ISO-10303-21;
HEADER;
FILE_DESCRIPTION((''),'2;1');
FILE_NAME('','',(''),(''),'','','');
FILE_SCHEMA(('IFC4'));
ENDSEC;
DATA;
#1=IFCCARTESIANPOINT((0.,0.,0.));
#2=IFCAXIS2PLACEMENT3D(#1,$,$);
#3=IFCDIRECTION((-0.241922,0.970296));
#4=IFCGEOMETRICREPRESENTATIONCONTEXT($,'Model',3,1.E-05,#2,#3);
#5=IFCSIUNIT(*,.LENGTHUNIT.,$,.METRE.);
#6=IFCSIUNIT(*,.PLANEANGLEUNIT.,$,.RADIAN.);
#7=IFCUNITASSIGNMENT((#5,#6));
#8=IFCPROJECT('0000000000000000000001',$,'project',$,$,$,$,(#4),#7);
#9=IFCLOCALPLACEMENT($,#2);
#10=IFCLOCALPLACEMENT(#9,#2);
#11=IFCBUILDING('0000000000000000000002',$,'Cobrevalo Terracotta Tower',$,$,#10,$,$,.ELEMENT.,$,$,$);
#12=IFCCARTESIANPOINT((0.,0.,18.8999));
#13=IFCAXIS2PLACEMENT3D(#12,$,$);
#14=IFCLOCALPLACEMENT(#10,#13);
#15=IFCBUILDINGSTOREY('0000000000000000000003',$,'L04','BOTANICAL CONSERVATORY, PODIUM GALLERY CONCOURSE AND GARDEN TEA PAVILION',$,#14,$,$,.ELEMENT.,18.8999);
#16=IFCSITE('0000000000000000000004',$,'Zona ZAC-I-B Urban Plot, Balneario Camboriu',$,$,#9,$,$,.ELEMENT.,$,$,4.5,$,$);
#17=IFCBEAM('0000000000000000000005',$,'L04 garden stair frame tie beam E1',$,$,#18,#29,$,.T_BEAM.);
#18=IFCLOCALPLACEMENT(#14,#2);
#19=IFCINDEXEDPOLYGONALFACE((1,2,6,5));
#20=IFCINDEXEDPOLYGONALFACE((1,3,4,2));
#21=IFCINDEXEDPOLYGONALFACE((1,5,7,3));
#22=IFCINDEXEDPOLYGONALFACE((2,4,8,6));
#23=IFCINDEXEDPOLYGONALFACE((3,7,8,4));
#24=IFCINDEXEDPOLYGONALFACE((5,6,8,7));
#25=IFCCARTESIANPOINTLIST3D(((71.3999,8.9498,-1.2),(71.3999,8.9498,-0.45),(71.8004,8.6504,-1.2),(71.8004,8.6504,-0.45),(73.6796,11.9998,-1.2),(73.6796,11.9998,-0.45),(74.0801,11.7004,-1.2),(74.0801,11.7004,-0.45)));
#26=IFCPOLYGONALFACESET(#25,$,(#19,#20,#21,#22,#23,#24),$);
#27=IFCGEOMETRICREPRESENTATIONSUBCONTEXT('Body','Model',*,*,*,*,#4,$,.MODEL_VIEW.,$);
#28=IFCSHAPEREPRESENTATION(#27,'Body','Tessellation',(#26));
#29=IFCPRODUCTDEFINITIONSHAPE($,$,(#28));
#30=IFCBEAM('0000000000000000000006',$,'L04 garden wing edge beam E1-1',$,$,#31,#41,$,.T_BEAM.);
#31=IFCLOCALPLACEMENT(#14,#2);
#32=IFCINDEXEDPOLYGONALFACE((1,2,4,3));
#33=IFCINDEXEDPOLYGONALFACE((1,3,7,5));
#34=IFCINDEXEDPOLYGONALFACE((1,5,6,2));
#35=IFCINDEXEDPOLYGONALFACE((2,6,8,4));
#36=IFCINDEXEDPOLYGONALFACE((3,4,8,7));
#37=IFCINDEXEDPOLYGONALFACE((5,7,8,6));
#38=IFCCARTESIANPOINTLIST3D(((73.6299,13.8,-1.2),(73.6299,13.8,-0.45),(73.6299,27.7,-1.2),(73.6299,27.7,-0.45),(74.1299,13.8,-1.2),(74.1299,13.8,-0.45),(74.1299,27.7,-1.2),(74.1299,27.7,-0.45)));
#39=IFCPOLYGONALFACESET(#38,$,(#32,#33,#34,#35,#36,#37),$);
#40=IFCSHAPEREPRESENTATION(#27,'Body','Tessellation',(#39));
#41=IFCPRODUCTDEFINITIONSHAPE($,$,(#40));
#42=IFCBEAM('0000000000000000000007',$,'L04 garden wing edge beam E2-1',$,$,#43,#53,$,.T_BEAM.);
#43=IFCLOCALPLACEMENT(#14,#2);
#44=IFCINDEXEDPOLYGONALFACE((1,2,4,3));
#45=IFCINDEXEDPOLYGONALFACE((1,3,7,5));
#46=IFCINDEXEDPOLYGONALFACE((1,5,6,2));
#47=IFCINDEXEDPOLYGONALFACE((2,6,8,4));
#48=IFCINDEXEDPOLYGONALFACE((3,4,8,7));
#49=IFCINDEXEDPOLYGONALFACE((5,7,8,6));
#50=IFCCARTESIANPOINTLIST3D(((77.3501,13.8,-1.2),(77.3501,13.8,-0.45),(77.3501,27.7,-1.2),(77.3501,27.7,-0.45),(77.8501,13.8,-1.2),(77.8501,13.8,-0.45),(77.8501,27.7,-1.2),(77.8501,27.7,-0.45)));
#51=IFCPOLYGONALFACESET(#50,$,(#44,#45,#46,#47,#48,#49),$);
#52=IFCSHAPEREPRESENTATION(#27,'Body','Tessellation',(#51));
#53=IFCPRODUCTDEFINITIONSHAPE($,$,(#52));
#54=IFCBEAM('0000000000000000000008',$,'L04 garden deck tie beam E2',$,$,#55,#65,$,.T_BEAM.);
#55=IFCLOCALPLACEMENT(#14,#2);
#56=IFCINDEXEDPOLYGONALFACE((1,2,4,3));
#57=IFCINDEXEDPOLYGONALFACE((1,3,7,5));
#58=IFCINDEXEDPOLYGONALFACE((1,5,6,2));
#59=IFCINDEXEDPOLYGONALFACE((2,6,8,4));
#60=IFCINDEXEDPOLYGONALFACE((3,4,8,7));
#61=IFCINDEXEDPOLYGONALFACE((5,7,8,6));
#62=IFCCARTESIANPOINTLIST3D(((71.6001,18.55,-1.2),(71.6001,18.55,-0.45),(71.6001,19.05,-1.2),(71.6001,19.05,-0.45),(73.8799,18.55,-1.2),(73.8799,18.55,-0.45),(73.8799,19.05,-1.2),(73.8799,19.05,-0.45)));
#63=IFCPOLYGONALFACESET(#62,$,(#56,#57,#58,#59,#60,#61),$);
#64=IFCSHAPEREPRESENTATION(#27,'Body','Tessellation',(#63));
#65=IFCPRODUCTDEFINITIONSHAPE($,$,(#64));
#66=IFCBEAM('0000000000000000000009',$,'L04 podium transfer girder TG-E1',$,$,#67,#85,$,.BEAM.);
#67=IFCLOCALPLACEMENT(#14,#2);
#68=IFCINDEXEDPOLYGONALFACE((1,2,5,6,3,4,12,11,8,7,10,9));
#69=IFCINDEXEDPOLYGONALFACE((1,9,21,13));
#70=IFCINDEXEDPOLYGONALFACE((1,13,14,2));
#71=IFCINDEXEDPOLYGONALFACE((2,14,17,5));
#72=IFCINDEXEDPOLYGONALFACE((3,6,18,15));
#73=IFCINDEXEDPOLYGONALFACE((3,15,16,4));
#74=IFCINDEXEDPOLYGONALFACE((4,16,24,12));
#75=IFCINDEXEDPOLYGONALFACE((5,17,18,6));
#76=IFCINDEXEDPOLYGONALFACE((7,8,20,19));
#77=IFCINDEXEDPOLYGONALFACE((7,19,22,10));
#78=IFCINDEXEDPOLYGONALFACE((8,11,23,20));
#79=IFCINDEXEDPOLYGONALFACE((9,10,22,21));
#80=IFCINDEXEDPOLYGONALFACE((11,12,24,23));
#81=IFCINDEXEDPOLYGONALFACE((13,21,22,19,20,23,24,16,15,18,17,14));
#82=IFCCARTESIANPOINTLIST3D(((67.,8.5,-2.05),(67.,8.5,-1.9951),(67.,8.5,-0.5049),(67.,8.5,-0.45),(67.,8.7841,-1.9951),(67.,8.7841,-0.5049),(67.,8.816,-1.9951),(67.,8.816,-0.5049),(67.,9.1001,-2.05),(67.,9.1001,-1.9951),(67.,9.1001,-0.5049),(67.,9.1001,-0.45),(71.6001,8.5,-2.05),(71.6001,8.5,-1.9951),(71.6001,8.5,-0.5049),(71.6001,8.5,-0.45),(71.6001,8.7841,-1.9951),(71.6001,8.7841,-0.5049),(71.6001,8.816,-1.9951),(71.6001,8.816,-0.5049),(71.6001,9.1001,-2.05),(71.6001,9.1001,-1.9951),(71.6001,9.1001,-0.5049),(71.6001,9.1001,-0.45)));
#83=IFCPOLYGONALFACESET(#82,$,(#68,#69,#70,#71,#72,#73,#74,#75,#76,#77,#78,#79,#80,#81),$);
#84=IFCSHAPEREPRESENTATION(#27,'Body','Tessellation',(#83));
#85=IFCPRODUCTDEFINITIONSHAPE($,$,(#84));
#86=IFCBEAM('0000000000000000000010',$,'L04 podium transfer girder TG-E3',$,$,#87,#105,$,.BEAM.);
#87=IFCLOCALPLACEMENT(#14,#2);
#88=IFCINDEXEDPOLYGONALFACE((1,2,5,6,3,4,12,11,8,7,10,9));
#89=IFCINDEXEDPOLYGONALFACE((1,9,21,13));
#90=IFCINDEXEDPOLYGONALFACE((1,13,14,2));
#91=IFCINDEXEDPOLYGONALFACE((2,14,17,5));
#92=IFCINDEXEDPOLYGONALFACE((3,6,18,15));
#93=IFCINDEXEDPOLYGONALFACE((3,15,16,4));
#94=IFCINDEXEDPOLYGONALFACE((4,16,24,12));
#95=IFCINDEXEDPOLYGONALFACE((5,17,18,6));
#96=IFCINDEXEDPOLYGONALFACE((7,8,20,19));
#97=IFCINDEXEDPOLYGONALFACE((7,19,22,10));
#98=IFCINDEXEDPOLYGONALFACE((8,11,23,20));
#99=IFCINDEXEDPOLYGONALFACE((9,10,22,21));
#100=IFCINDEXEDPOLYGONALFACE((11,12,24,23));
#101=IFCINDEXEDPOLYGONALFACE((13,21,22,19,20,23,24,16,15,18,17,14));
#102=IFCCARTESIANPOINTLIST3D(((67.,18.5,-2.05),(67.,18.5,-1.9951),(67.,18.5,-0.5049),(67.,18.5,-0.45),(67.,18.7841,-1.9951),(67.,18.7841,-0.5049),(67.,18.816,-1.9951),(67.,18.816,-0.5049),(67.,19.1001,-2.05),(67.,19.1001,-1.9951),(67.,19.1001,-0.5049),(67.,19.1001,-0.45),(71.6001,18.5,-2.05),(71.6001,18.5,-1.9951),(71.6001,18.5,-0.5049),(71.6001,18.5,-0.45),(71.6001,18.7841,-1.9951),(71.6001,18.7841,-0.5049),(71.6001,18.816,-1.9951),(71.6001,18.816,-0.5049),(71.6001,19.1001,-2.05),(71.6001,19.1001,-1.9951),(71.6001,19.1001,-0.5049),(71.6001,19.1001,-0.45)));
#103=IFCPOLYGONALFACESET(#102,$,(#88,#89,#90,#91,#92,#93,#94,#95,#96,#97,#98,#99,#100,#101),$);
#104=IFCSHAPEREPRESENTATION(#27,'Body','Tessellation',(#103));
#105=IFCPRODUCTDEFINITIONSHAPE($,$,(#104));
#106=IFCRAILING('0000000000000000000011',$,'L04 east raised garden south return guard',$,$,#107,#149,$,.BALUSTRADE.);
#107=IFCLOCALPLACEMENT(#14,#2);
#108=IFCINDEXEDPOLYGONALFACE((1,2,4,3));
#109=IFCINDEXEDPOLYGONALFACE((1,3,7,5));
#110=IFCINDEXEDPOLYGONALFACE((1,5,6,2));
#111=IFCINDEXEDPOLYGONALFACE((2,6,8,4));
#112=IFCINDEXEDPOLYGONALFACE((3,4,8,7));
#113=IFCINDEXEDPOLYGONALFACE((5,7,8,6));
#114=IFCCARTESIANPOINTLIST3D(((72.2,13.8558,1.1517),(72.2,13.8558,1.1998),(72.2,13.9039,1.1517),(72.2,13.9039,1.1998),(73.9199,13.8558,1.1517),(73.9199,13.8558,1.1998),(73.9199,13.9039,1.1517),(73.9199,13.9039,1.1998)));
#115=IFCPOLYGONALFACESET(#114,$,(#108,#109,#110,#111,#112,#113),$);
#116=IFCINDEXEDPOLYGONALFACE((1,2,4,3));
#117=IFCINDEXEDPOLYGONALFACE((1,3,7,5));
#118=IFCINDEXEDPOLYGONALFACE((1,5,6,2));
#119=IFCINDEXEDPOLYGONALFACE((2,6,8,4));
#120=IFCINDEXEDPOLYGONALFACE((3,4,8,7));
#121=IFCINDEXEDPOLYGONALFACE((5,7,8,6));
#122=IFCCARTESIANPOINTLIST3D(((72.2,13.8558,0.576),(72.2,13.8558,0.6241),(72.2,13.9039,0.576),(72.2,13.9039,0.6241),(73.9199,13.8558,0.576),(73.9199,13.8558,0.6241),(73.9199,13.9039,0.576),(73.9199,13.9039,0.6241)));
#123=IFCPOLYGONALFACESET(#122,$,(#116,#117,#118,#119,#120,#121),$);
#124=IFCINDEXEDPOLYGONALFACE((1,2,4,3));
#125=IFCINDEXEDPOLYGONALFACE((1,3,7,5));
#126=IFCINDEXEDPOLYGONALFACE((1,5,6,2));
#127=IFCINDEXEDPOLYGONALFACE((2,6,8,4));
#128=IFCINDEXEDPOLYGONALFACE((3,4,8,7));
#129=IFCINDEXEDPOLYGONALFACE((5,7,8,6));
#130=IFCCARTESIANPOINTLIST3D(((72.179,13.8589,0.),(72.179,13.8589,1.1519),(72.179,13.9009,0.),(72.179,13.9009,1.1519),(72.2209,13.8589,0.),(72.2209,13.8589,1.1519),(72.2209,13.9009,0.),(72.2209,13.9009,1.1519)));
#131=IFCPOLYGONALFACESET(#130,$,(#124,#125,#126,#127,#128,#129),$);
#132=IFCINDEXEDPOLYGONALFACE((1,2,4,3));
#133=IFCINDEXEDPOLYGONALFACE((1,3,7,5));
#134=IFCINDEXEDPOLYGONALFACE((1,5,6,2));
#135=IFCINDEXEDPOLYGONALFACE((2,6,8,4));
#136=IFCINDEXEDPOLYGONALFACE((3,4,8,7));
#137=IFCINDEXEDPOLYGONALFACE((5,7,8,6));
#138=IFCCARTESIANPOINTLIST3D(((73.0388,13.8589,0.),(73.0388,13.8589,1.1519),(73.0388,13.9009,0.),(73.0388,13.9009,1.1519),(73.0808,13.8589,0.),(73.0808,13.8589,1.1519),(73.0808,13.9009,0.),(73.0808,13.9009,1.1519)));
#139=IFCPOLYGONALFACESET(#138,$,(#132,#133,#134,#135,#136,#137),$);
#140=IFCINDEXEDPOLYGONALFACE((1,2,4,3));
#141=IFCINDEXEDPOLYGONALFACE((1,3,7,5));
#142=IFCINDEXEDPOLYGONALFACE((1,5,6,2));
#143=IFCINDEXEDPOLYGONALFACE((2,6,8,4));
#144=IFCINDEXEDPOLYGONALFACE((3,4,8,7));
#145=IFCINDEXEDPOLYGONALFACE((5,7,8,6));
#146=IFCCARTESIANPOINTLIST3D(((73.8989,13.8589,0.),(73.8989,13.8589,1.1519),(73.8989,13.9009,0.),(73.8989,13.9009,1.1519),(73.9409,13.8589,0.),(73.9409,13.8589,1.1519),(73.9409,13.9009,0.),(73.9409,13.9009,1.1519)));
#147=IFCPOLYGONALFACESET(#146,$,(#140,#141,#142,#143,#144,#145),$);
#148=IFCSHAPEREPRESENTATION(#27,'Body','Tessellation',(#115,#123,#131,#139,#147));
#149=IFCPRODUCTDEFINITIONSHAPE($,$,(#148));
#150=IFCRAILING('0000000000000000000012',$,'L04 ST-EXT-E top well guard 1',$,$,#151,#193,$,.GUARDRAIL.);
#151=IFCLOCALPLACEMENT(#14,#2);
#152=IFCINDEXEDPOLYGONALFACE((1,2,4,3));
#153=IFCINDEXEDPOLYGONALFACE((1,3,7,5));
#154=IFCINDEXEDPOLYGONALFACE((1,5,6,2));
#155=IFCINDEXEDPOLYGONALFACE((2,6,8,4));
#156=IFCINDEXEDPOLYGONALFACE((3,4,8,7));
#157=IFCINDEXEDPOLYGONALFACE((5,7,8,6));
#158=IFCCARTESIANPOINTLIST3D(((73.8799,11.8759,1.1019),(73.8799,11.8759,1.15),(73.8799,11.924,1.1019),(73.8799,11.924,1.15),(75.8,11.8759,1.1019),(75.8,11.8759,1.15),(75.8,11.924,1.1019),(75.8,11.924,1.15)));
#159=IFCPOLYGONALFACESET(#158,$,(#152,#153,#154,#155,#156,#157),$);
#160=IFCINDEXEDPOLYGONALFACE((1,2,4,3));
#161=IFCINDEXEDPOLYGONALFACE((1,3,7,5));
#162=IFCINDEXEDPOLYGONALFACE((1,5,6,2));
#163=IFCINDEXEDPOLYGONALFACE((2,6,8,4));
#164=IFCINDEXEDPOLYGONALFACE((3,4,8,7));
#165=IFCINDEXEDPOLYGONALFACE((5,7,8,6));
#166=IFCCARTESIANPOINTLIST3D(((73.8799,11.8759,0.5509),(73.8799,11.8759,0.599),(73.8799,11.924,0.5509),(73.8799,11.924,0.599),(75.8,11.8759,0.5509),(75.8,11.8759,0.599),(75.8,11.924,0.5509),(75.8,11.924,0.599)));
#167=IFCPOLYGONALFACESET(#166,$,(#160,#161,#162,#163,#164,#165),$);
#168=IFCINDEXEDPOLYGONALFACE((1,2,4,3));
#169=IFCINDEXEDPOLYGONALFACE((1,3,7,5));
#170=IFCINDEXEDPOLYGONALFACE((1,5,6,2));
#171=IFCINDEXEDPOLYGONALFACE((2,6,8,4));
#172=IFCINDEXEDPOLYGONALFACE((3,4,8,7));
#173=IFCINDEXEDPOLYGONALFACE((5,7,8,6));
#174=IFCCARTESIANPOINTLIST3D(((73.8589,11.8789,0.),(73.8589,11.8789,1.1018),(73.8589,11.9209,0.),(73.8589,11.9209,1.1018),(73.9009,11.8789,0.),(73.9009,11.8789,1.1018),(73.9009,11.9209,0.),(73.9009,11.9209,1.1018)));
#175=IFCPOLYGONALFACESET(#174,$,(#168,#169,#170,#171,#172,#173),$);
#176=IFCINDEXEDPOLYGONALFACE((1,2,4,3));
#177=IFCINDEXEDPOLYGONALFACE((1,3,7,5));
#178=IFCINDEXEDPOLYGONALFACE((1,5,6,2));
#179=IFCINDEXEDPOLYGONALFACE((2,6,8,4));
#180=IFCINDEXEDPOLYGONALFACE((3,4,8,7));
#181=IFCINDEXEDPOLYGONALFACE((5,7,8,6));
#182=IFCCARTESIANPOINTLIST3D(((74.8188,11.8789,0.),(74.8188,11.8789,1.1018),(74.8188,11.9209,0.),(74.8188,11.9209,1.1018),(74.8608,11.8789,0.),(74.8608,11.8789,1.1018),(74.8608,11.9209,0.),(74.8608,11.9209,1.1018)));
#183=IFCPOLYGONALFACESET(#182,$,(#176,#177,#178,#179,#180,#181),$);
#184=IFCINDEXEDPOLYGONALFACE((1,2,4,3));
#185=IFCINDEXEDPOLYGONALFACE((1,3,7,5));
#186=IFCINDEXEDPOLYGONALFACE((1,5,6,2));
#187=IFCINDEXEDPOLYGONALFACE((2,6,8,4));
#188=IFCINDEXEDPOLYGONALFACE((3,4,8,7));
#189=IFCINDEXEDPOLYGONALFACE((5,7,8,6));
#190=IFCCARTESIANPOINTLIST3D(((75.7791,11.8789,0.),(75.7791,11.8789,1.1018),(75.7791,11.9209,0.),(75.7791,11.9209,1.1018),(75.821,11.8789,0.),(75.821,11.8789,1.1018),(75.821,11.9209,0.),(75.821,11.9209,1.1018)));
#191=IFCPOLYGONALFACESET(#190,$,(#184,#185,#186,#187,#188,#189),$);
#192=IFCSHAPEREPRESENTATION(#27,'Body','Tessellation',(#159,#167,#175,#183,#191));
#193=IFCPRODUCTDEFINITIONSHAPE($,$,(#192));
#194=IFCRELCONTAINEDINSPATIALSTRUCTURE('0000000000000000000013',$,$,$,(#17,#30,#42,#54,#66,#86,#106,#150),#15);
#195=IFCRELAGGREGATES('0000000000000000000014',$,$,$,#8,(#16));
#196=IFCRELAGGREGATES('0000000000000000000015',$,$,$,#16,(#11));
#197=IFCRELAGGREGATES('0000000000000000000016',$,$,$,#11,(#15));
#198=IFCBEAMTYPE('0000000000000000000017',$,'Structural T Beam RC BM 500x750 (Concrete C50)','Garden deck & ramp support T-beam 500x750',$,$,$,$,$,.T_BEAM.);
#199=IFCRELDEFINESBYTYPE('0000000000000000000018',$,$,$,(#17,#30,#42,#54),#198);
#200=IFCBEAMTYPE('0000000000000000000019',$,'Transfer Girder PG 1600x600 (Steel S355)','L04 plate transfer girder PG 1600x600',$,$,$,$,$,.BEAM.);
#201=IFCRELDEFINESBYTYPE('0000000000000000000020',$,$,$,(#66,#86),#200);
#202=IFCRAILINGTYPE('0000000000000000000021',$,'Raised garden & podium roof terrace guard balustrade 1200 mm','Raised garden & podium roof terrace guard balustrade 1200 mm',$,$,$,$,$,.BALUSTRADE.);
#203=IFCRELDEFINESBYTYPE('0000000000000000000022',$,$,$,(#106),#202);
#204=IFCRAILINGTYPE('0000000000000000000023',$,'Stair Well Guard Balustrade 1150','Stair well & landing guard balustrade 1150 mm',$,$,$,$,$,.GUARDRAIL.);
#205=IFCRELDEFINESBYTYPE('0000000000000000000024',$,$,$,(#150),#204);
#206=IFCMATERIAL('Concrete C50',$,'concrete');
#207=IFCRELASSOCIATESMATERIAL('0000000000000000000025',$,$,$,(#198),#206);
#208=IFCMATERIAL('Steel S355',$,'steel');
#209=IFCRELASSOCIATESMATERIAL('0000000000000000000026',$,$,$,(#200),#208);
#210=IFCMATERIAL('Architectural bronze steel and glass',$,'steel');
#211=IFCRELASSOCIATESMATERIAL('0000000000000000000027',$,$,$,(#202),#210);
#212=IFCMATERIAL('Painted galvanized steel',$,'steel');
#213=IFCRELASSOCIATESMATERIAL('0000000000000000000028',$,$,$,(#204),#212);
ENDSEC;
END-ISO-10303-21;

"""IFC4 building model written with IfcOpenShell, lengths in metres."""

from ifc_helpers import new_model, si_unit, direction, frame, origin, origin_2d, place, context, subcontext, project, spatial, rectangle, i_section, extrude, material, material_profile, profile_set, type_object, element, save


model = new_model("IFC4")

# Units and contexts
model_context = context("Model", 3, precision=1e-05, world=origin(), true_north=direction((-0.241922, 0.970296)))
body_context = subcontext(model_context, "Body", "Model", "MODEL_VIEW")
ifc_project = project(units=[si_unit("LENGTHUNIT", "METRE"), si_unit("PLANEANGLEUNIT", "RADIAN")], contexts=[model_context])

# Site, building, storey
site_placement = place(None, origin())
site = spatial("IfcSite", under=ifc_project, at=site_placement, Name="Zona ZAC-I-B Urban Plot, Balneario Camboriu", CompositionType="ELEMENT", RefElevation=4.5)
building_placement = place(site_placement, origin())
building = spatial("IfcBuilding", under=site, at=building_placement, Name="Cobrevalo Terracotta Tower", CompositionType="ELEMENT")
storey_placement = place(building_placement, frame((0.0, 0.0, 18.8999)))
storey = spatial("IfcBuildingStorey", under=building, at=storey_placement, Name="L04", Description="BOTANICAL CONSERVATORY, PODIUM GALLERY CONCOURSE AND GARDEN TEA PAVILION", CompositionType="ELEMENT", Elevation=18.8999)

# Shared definitions
ifc_material_1 = material(Name="Steel S355", Category="steel")
ifc_material_2 = material(Name="Concrete C50", Category="concrete")

# Beams
ifc_material_profile_1 = material_profile(ifc_material_2, rectangle(XDim=0.5, YDim=0.75, at=origin_2d()), Name="RC BM 500x750")
ifc_profile_set_1 = profile_set([ifc_material_profile_1], Name="Concrete C50")
beam_type_1 = type_object("IfcBeamType", Name="Structural T Beam RC BM 500x750 (Concrete C50)", Description="Garden deck & ramp support T-beam 500x750", PredefinedType="T_BEAM", material=ifc_profile_set_1)
beam_1_placement = place(storey_placement, frame((73.8799, 11.8501, -0.825), z_axis=(-0.598696, -0.800976, 0.0), x_axis=(0.800976, -0.598696, 0.0)))
element("IfcBeam", 1, at=beam_1_placement, inside=storey, type_object=beam_type_1, Name="L04 garden stair frame tie beam E1", PredefinedType="T_BEAM", context=body_context, shape_type="SweptSolid", body=[
    extrude(rectangle(XDim=0.5, YDim=0.75, at=origin_2d()), origin(), (0.0, 0.0, 1.0), 3.8079),
])
for number, where, z_axis, x_axis, name in (
    (2, (73.8799, 13.8, -0.825), (0.0, 1.0, 0.0), (-1.0, 0.0, 0.0), "L04 garden wing edge beam E1-1"),
    (3, (77.6001, 13.8, -0.825), (0.0, 1.0, 0.0), (-1.0, 0.0, 0.0), "L04 garden wing edge beam E2-1"),
):
    element("IfcBeam", number, at=place(storey_placement, frame(where, z_axis=z_axis, x_axis=x_axis)), inside=storey, type_object=beam_type_1, Name=name, PredefinedType="T_BEAM", context=body_context, shape_type="SweptSolid", body=[
        extrude(rectangle(XDim=0.5, YDim=0.75, at=origin_2d()), origin(), (0.0, 0.0, 1.0), 13.8999),
    ])
beam_2_placement = place(storey_placement, frame((71.6001, 18.8, -0.825), z_axis=(1.0, 0.0, 0.0), x_axis=(0.0, 1.0, 0.0)))
element("IfcBeam", 4, at=beam_2_placement, inside=storey, type_object=beam_type_1, Name="L04 garden deck tie beam E2", PredefinedType="T_BEAM", context=body_context, shape_type="SweptSolid", body=[
    extrude(rectangle(XDim=0.5, YDim=0.75, at=origin_2d()), origin(), (0.0, 0.0, 1.0), 2.2798),
])
ifc_material_profile_2 = material_profile(ifc_material_1, i_section(OverallWidth=0.6001, OverallDepth=1.6001, WebThickness=0.032, FlangeThickness=0.0549, at=origin_2d()), Name="PG 1600x600")
ifc_profile_set_2 = profile_set([ifc_material_profile_2], Name="Steel S355")
beam_type_2 = type_object("IfcBeamType", Name="Transfer Girder PG 1600x600 (Steel S355)", Description="L04 plate transfer girder PG 1600x600", PredefinedType="BEAM", material=ifc_profile_set_2)
for number, where, z_axis, x_axis, name in (
    (5, (67.0, 8.8, -1.25), (1.0, 0.0, 0.0), (0.0, 1.0, 0.0), "L04 podium transfer girder TG-E1"),
    (6, (67.0, 18.8, -1.25), (1.0, 0.0, 0.0), (0.0, 1.0, 0.0), "L04 podium transfer girder TG-E3"),
):
    element("IfcBeam", number, at=place(storey_placement, frame(where, z_axis=z_axis, x_axis=x_axis)), inside=storey, type_object=beam_type_2, Name=name, PredefinedType="BEAM", context=body_context, shape_type="SweptSolid", body=[
        extrude(i_section(OverallWidth=0.6001, OverallDepth=1.6001, WebThickness=0.032, FlangeThickness=0.0549, at=origin_2d()), origin(), (0.0, 0.0, 1.0), 4.6001),
    ])

# Railings
ifc_material_3 = material(Name="Architectural bronze steel and glass", Category="steel")
railing_type_1 = type_object("IfcRailingType", Name="Raised garden & podium roof terrace guard balustrade 1200 mm", Description="Raised garden & podium roof terrace guard balustrade 1200 mm", PredefinedType="BALUSTRADE", material=ifc_material_3)
railing_1_placement = place(storey_placement, frame((72.2, 13.8799, 0.0)))
element("IfcRailing", 7, at=railing_1_placement, inside=storey, type_object=railing_type_1, Name="L04 east raised garden south return guard", PredefinedType="BALUSTRADE", context=body_context, shape_type="SweptSolid", body=[
    extrude(rectangle(XDim=0.0481, YDim=0.0481, at=origin_2d()), frame((0.0, 0.0, 1.1758), z_axis=(1.0, 0.0, 0.0), x_axis=(0.0, 1.0, 0.0)), (0.0, 0.0, 1.0), 1.72),
    extrude(rectangle(XDim=0.0481, YDim=0.0481, at=origin_2d()), frame((0.0, 0.0, 0.6001), z_axis=(1.0, 0.0, 0.0), x_axis=(0.0, 1.0, 0.0)), (0.0, 0.0, 1.0), 1.72),
    extrude(rectangle(XDim=0.042, YDim=0.042, at=origin_2d()), origin(), (0.0, 0.0, 1.0), 1.1519),
    extrude(rectangle(XDim=0.042, YDim=0.042, at=origin_2d()), frame((0.8599, 0.0, 0.0)), (0.0, 0.0, 1.0), 1.1519),
    extrude(rectangle(XDim=0.042, YDim=0.042, at=origin_2d()), frame((1.72, 0.0, 0.0)), (0.0, 0.0, 1.0), 1.1519),
])
ifc_material_4 = material(Name="Painted galvanized steel", Category="steel")
railing_type_2 = type_object("IfcRailingType", Name="Stair Well Guard Balustrade 1150", Description="Stair well & landing guard balustrade 1150 mm", PredefinedType="GUARDRAIL", material=ifc_material_4)
railing_2_placement = place(storey_placement, frame((73.8799, 11.8999, 0.0)))
element("IfcRailing", 8, at=railing_2_placement, inside=storey, type_object=railing_type_2, Name="L04 ST-EXT-E top well guard 1", PredefinedType="GUARDRAIL", context=body_context, shape_type="SweptSolid", body=[
    extrude(rectangle(XDim=0.0481, YDim=0.0481, at=origin_2d()), frame((0.0, 0.0, 1.126), z_axis=(1.0, 0.0, 0.0), x_axis=(0.0, 1.0, 0.0)), (0.0, 0.0, 1.0), 1.9202),
    extrude(rectangle(XDim=0.0481, YDim=0.0481, at=origin_2d()), frame((0.0, 0.0, 0.575), z_axis=(1.0, 0.0, 0.0), x_axis=(0.0, 1.0, 0.0)), (0.0, 0.0, 1.0), 1.9202),
    extrude(rectangle(XDim=0.042, YDim=0.042, at=origin_2d()), origin(), (0.0, 0.0, 1.0), 1.1018),
    extrude(rectangle(XDim=0.042, YDim=0.042, at=origin_2d()), frame((0.96, 0.0, 0.0)), (0.0, 0.0, 1.0), 1.1018),
    extrude(rectangle(XDim=0.042, YDim=0.042, at=origin_2d()), frame((1.9202, 0.0, 0.0)), (0.0, 0.0, 1.0), 1.1018),
])

save(model, "model.ifc")
